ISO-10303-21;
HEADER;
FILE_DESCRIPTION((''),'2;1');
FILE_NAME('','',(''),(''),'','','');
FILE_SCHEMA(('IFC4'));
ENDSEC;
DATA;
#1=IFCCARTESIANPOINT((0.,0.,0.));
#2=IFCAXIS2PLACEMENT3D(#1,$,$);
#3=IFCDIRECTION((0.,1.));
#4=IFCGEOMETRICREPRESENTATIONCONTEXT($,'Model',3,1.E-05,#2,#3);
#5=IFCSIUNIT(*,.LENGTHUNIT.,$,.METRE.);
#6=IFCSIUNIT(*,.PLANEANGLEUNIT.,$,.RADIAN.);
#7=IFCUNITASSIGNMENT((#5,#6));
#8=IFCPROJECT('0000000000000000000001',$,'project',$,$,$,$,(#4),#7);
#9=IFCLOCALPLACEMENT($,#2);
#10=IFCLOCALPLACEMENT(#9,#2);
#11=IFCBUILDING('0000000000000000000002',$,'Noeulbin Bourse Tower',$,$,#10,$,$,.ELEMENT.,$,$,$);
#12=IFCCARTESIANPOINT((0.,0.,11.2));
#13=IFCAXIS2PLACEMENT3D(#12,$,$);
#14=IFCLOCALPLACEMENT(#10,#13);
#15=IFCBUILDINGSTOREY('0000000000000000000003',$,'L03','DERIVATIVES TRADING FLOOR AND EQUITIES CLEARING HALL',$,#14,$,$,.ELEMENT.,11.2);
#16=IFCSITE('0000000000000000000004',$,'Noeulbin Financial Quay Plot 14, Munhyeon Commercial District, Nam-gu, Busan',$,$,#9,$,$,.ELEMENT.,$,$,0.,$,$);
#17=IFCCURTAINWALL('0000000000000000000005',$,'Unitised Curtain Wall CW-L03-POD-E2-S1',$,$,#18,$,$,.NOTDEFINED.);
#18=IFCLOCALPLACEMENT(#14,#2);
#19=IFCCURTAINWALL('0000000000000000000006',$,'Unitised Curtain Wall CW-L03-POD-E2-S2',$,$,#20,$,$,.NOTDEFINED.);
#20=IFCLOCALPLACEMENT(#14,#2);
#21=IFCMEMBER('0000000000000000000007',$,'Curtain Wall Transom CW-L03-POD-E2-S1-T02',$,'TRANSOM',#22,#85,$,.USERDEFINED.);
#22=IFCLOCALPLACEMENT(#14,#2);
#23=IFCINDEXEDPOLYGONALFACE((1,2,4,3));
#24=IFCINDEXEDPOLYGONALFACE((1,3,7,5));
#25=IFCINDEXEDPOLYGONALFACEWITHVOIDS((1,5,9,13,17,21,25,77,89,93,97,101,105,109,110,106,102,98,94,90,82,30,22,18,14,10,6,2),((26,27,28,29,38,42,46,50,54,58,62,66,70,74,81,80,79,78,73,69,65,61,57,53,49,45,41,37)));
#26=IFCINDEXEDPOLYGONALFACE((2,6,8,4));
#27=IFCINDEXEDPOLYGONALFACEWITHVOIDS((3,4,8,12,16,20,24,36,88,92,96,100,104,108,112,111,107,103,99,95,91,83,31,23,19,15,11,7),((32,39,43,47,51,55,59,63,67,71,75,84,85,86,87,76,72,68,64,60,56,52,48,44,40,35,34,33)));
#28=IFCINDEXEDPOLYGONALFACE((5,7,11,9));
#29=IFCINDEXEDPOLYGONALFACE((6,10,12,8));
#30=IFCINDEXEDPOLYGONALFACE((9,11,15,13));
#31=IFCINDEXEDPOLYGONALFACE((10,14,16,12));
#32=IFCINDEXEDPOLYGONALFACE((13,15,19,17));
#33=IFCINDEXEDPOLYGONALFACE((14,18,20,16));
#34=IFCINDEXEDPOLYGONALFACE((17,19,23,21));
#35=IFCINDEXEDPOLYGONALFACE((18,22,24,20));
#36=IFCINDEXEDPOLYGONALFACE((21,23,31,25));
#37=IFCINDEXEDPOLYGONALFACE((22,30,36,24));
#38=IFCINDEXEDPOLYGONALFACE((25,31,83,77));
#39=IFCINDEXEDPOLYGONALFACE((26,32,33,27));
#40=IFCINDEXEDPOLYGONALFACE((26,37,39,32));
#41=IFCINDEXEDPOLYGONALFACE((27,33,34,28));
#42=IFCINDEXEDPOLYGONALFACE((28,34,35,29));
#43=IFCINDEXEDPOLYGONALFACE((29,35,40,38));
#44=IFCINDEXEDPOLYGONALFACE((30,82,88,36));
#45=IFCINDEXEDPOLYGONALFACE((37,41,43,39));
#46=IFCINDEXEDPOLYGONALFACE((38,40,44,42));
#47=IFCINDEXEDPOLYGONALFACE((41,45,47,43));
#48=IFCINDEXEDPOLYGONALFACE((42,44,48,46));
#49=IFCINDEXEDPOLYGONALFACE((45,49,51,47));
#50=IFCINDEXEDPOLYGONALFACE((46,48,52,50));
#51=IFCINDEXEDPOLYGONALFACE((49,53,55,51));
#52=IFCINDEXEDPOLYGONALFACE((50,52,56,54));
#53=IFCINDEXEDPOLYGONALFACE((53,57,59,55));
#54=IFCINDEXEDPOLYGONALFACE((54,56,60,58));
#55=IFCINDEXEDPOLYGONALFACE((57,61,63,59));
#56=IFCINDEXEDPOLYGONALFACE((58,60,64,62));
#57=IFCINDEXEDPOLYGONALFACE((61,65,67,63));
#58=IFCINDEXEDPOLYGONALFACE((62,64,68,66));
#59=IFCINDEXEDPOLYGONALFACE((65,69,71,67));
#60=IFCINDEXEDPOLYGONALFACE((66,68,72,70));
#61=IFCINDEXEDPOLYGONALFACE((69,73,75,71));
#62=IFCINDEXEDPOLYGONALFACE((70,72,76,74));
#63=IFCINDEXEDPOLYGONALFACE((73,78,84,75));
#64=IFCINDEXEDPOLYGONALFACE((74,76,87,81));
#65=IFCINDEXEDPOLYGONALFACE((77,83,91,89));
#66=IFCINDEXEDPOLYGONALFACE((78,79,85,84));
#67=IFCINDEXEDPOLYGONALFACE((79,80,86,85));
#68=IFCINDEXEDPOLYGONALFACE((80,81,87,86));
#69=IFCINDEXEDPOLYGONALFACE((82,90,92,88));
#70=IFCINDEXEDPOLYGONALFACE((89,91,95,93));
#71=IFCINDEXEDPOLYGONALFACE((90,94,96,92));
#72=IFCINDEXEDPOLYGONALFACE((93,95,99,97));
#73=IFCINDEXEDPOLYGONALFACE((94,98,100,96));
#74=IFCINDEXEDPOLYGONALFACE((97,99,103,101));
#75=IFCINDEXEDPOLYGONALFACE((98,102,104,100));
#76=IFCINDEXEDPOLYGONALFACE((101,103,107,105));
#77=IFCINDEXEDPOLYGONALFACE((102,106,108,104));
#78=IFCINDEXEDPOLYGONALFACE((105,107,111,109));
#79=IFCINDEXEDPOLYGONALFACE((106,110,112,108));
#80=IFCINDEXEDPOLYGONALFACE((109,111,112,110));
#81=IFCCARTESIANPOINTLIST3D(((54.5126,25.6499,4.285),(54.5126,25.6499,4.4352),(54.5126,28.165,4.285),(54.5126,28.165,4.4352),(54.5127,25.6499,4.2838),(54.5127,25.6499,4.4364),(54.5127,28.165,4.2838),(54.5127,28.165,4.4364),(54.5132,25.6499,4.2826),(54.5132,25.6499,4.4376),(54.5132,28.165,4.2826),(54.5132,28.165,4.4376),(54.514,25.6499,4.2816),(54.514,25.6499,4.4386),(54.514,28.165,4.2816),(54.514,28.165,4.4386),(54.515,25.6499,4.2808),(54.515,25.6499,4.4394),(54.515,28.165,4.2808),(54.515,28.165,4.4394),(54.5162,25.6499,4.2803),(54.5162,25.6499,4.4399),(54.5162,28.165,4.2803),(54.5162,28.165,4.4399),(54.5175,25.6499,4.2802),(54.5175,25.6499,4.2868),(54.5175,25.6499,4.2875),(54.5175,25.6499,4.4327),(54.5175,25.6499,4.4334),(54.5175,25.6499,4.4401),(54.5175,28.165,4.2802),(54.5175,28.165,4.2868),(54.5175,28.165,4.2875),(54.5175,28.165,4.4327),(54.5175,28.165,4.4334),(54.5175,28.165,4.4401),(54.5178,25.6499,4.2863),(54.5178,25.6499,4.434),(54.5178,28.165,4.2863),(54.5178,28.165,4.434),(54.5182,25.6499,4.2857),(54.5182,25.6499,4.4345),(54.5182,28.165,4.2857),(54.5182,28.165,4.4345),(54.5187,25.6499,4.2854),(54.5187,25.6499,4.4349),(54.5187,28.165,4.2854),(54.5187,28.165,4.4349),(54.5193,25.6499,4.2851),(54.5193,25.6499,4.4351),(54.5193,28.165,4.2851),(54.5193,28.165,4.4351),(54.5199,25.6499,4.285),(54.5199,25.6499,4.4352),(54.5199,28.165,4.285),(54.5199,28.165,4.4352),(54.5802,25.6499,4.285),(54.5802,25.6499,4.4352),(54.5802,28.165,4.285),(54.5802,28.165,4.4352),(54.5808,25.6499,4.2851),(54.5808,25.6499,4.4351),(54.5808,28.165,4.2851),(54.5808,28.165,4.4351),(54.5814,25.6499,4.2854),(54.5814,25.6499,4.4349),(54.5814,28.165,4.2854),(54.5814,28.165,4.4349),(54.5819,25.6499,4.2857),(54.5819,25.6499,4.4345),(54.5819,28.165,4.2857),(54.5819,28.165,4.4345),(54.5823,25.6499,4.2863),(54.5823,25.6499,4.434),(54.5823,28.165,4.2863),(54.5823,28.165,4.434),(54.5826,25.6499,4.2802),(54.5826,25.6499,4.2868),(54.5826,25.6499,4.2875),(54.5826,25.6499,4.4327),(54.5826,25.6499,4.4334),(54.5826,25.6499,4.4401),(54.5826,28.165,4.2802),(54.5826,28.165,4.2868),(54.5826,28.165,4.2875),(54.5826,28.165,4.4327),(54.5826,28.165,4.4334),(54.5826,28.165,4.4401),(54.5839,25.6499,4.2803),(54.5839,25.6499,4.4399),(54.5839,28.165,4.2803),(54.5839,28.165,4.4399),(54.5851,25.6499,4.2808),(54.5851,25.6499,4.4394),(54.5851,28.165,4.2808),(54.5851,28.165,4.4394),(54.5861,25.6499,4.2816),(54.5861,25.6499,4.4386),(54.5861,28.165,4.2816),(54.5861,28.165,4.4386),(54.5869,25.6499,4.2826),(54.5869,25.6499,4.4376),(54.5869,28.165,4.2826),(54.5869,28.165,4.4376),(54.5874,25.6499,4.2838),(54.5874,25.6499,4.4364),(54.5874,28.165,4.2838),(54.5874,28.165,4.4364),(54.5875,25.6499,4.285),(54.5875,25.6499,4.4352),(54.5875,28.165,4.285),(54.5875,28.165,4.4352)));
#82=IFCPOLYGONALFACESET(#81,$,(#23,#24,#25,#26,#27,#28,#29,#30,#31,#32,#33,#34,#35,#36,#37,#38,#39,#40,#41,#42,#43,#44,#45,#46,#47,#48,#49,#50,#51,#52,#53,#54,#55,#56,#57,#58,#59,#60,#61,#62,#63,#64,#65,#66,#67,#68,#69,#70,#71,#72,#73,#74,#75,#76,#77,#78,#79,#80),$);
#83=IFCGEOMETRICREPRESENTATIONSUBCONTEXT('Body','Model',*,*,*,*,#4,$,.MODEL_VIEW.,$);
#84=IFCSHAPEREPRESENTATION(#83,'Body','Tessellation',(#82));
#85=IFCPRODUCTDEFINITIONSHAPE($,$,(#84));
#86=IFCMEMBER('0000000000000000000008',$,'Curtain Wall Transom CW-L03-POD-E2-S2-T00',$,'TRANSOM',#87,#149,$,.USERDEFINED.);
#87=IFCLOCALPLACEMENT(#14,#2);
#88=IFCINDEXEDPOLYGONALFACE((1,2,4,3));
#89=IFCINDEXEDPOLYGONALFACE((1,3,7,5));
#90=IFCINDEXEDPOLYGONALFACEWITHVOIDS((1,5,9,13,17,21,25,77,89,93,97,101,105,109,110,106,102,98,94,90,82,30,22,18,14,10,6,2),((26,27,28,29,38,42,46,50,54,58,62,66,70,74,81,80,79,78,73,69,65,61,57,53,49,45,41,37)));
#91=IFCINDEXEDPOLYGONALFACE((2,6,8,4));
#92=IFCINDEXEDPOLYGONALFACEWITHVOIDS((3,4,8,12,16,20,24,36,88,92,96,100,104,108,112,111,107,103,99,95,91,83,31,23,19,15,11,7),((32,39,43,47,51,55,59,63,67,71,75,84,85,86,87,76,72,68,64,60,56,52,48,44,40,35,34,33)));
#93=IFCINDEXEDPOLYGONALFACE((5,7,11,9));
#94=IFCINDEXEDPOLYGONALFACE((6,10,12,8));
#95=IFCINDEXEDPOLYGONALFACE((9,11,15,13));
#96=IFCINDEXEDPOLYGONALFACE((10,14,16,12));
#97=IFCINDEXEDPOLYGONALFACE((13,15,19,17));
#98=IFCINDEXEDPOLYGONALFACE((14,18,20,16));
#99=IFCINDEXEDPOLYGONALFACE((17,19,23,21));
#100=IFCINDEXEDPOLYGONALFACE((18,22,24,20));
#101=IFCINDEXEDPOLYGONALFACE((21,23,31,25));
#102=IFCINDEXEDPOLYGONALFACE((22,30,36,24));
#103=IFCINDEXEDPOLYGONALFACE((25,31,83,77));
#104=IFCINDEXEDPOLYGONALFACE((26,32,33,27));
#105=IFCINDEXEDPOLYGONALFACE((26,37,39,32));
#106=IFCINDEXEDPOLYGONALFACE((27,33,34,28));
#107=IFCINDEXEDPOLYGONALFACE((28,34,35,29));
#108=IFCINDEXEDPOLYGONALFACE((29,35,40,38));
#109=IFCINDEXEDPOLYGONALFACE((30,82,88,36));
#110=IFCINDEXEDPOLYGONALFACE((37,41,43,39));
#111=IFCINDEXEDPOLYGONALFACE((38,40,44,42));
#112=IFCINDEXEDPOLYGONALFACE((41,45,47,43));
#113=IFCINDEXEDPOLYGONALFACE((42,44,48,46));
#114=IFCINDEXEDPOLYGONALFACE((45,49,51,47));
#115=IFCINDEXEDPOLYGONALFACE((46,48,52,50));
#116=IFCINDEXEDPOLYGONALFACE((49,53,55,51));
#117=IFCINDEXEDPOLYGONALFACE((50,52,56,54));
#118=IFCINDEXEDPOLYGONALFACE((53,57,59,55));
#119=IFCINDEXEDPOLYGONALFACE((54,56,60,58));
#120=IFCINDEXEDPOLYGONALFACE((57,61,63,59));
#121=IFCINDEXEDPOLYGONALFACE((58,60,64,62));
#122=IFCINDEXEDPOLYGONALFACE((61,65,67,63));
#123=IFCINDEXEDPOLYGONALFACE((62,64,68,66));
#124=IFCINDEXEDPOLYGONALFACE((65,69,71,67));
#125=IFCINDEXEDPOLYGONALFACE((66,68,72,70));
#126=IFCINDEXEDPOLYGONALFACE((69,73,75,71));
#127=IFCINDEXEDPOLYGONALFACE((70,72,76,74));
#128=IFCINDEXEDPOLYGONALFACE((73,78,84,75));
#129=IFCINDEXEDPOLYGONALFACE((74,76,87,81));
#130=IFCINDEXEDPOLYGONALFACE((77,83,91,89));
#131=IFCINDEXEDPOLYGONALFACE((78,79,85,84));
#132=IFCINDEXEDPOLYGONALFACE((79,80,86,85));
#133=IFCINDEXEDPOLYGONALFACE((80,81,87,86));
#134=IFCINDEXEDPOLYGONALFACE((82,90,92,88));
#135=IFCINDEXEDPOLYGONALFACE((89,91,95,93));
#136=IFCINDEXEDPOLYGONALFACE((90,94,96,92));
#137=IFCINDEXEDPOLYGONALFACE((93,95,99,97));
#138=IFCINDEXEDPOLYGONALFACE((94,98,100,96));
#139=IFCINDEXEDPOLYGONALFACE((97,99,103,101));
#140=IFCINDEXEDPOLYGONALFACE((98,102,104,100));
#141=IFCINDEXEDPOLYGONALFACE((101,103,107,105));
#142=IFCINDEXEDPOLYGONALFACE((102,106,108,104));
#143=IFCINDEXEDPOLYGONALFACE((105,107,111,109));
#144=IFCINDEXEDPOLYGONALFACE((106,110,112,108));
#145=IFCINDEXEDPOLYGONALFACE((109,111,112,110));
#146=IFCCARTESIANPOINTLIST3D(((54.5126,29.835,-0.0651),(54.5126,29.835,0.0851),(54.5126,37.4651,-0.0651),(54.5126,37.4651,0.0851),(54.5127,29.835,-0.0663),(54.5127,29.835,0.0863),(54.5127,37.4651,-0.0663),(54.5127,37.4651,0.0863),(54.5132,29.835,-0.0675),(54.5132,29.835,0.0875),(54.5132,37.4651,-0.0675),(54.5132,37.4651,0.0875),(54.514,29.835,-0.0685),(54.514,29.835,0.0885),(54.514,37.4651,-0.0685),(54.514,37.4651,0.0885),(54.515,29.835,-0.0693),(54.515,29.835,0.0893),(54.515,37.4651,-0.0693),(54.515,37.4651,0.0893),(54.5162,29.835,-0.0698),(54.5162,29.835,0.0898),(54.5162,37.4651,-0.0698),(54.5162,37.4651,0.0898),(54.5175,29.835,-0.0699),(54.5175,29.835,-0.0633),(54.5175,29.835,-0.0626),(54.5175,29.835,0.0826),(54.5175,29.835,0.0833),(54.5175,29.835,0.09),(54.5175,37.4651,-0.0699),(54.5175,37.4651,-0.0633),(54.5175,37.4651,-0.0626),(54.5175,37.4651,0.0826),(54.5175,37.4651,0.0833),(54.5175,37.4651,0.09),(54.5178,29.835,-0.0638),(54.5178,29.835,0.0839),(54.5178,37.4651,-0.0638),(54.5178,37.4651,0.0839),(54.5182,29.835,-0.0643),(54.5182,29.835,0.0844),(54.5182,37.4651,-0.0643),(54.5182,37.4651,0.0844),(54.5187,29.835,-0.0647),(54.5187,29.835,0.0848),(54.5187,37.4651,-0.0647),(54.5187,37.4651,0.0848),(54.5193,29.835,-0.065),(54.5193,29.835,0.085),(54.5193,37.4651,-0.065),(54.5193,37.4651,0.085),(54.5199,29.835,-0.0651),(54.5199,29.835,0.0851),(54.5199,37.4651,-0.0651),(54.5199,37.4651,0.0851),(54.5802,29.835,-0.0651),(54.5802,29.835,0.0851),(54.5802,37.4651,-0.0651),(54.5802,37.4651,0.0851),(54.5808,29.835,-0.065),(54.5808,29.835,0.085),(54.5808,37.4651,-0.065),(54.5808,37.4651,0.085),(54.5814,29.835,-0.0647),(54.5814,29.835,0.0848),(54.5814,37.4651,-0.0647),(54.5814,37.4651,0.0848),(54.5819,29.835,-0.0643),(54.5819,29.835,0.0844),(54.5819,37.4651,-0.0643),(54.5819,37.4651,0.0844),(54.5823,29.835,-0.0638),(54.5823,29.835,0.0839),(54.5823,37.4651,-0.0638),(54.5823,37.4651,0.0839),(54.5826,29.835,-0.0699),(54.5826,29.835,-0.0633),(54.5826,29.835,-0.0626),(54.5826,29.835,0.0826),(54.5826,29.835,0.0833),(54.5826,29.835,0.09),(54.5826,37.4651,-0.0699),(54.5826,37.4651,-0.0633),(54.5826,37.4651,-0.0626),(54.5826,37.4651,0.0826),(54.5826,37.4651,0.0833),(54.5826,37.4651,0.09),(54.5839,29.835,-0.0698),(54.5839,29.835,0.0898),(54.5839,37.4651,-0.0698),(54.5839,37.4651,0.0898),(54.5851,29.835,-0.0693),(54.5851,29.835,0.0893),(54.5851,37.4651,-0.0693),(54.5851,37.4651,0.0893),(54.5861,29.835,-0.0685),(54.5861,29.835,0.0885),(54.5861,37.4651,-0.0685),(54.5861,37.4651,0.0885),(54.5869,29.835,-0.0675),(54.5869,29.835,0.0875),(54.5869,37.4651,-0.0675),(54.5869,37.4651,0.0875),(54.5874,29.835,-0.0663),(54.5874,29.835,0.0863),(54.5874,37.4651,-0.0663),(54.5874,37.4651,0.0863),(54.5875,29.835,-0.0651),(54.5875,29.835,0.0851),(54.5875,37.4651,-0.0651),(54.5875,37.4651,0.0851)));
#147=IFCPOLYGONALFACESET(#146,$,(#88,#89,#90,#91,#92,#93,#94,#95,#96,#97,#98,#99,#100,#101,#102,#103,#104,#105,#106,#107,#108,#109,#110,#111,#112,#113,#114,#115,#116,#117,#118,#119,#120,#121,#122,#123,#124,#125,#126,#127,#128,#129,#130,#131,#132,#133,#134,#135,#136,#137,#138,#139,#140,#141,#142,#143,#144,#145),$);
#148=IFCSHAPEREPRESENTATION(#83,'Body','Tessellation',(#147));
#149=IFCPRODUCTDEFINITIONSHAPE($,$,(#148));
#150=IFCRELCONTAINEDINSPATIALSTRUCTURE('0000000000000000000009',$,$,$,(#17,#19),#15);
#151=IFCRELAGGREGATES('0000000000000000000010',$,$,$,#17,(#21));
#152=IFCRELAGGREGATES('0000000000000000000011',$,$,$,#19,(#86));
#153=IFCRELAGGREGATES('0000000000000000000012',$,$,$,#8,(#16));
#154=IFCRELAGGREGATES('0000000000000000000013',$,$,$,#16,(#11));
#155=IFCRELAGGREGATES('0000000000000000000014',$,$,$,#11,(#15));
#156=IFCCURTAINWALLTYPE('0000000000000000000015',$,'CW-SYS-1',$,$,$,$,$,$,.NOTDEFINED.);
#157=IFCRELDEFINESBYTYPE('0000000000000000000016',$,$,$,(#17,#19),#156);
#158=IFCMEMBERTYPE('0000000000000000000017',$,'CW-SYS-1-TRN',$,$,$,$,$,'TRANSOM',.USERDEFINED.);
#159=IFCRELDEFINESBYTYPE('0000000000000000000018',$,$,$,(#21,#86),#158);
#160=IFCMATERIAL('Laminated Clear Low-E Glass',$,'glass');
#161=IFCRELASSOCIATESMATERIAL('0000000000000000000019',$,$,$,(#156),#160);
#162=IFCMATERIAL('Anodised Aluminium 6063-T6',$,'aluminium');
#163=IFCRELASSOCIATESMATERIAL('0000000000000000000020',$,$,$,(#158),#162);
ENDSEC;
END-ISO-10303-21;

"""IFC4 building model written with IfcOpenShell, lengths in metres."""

from ifc_helpers import new_model, si_unit, direction, frame, origin, origin_2d, place, context, subcontext, project, spatial, hollow_rectangle, extrude, material, material_profile, profile_set, type_object, element, aggregate, save


model = new_model("IFC4")

# Units and contexts
model_context = context("Model", 3, precision=1e-05, world=origin(), true_north=direction((0.0, 1.0)))
body_context = subcontext(model_context, "Body", "Model", "MODEL_VIEW")
ifc_project = project(units=[si_unit("LENGTHUNIT", "METRE"), si_unit("PLANEANGLEUNIT", "RADIAN")], contexts=[model_context])

# Site, building, storey
site_placement = place(None, origin())
site = spatial("IfcSite", under=ifc_project, at=site_placement, Name="Noeulbin Financial Quay Plot 14, Munhyeon Commercial District, Nam-gu, Busan", CompositionType="ELEMENT", RefElevation=0.0)
building_placement = place(site_placement, origin())
building = spatial("IfcBuilding", under=site, at=building_placement, Name="Noeulbin Bourse Tower", CompositionType="ELEMENT")
storey_placement = place(building_placement, frame((0.0, 0.0, 11.2)))
storey = spatial("IfcBuildingStorey", under=building, at=storey_placement, Name="L03", Description="DERIVATIVES TRADING FLOOR AND EQUITIES CLEARING HALL", CompositionType="ELEMENT", Elevation=11.2)

# Curtain walls
ifc_material_1 = material(Name="Laminated Clear Low-E Glass", Category="glass")
curtain_wall_type = type_object("IfcCurtainWallType", Name="CW-SYS-1", PredefinedType="NOTDEFINED", material=ifc_material_1)
curtain_wall_1_placement = place(storey_placement, origin())
curtain_wall_1 = element("IfcCurtainWall", 1, at=curtain_wall_1_placement, inside=storey, type_object=curtain_wall_type, Name="Unitised Curtain Wall CW-L03-POD-E2-S1", PredefinedType="NOTDEFINED")
ifc_material_2 = material(Name="Anodised Aluminium 6063-T6", Category="aluminium")
curtain_wall_2_placement = place(storey_placement, origin())
curtain_wall_2 = element("IfcCurtainWall", 2, at=curtain_wall_2_placement, inside=storey, type_object=curtain_wall_type, Name="Unitised Curtain Wall CW-L03-POD-E2-S2", PredefinedType="NOTDEFINED")

# Members
ifc_material_profile_1 = material_profile(ifc_material_2, hollow_rectangle(XDim=0.075, YDim=0.1599, WallThickness=0.0049, InnerFilletRadius=0.0024, OuterFilletRadius=0.0049, at=origin_2d()), Name="ALU-TRAN-75x160x5", Category="LoadBearing")
ifc_profile_set_1 = profile_set([ifc_material_profile_1], Name="Anodised Aluminium 6063-T6")
member_type_1 = type_object("IfcMemberType", Name="CW-SYS-1-TRN", ElementType="TRANSOM", PredefinedType="USERDEFINED", material=ifc_profile_set_1)
member_1_placement = place(storey_placement, frame((54.55, 25.6499, 4.3601), z_axis=(0.0, 1.0, 0.0), x_axis=(-1.0, 0.0, 0.0)))
member_1 = element("IfcMember", 3, at=member_1_placement, type_object=member_type_1, Name="Curtain Wall Transom CW-L03-POD-E2-S1-T02", ObjectType="TRANSOM", PredefinedType="USERDEFINED", context=body_context, shape_type="SweptSolid", body=[
    extrude(hollow_rectangle(XDim=0.075, YDim=0.1599, WallThickness=0.0049, InnerFilletRadius=0.0024, OuterFilletRadius=0.0049, at=origin_2d()), origin(), (0.0, 0.0, 1.0), 2.5151),
])
member_2_placement = place(storey_placement, frame((54.55, 29.835, 0.01), z_axis=(0.0, 1.0, 0.0), x_axis=(-1.0, 0.0, 0.0)))
member_2 = element("IfcMember", 4, at=member_2_placement, type_object=member_type_1, Name="Curtain Wall Transom CW-L03-POD-E2-S2-T00", ObjectType="TRANSOM", PredefinedType="USERDEFINED", context=body_context, shape_type="SweptSolid", body=[
    extrude(hollow_rectangle(XDim=0.075, YDim=0.1599, WallThickness=0.0049, InnerFilletRadius=0.0024, OuterFilletRadius=0.0049, at=origin_2d()), origin(), (0.0, 0.0, 1.0), 7.6301),
])

aggregate(curtain_wall_1, [member_1])
aggregate(curtain_wall_2, [member_2])

save(model, "model.ifc")
